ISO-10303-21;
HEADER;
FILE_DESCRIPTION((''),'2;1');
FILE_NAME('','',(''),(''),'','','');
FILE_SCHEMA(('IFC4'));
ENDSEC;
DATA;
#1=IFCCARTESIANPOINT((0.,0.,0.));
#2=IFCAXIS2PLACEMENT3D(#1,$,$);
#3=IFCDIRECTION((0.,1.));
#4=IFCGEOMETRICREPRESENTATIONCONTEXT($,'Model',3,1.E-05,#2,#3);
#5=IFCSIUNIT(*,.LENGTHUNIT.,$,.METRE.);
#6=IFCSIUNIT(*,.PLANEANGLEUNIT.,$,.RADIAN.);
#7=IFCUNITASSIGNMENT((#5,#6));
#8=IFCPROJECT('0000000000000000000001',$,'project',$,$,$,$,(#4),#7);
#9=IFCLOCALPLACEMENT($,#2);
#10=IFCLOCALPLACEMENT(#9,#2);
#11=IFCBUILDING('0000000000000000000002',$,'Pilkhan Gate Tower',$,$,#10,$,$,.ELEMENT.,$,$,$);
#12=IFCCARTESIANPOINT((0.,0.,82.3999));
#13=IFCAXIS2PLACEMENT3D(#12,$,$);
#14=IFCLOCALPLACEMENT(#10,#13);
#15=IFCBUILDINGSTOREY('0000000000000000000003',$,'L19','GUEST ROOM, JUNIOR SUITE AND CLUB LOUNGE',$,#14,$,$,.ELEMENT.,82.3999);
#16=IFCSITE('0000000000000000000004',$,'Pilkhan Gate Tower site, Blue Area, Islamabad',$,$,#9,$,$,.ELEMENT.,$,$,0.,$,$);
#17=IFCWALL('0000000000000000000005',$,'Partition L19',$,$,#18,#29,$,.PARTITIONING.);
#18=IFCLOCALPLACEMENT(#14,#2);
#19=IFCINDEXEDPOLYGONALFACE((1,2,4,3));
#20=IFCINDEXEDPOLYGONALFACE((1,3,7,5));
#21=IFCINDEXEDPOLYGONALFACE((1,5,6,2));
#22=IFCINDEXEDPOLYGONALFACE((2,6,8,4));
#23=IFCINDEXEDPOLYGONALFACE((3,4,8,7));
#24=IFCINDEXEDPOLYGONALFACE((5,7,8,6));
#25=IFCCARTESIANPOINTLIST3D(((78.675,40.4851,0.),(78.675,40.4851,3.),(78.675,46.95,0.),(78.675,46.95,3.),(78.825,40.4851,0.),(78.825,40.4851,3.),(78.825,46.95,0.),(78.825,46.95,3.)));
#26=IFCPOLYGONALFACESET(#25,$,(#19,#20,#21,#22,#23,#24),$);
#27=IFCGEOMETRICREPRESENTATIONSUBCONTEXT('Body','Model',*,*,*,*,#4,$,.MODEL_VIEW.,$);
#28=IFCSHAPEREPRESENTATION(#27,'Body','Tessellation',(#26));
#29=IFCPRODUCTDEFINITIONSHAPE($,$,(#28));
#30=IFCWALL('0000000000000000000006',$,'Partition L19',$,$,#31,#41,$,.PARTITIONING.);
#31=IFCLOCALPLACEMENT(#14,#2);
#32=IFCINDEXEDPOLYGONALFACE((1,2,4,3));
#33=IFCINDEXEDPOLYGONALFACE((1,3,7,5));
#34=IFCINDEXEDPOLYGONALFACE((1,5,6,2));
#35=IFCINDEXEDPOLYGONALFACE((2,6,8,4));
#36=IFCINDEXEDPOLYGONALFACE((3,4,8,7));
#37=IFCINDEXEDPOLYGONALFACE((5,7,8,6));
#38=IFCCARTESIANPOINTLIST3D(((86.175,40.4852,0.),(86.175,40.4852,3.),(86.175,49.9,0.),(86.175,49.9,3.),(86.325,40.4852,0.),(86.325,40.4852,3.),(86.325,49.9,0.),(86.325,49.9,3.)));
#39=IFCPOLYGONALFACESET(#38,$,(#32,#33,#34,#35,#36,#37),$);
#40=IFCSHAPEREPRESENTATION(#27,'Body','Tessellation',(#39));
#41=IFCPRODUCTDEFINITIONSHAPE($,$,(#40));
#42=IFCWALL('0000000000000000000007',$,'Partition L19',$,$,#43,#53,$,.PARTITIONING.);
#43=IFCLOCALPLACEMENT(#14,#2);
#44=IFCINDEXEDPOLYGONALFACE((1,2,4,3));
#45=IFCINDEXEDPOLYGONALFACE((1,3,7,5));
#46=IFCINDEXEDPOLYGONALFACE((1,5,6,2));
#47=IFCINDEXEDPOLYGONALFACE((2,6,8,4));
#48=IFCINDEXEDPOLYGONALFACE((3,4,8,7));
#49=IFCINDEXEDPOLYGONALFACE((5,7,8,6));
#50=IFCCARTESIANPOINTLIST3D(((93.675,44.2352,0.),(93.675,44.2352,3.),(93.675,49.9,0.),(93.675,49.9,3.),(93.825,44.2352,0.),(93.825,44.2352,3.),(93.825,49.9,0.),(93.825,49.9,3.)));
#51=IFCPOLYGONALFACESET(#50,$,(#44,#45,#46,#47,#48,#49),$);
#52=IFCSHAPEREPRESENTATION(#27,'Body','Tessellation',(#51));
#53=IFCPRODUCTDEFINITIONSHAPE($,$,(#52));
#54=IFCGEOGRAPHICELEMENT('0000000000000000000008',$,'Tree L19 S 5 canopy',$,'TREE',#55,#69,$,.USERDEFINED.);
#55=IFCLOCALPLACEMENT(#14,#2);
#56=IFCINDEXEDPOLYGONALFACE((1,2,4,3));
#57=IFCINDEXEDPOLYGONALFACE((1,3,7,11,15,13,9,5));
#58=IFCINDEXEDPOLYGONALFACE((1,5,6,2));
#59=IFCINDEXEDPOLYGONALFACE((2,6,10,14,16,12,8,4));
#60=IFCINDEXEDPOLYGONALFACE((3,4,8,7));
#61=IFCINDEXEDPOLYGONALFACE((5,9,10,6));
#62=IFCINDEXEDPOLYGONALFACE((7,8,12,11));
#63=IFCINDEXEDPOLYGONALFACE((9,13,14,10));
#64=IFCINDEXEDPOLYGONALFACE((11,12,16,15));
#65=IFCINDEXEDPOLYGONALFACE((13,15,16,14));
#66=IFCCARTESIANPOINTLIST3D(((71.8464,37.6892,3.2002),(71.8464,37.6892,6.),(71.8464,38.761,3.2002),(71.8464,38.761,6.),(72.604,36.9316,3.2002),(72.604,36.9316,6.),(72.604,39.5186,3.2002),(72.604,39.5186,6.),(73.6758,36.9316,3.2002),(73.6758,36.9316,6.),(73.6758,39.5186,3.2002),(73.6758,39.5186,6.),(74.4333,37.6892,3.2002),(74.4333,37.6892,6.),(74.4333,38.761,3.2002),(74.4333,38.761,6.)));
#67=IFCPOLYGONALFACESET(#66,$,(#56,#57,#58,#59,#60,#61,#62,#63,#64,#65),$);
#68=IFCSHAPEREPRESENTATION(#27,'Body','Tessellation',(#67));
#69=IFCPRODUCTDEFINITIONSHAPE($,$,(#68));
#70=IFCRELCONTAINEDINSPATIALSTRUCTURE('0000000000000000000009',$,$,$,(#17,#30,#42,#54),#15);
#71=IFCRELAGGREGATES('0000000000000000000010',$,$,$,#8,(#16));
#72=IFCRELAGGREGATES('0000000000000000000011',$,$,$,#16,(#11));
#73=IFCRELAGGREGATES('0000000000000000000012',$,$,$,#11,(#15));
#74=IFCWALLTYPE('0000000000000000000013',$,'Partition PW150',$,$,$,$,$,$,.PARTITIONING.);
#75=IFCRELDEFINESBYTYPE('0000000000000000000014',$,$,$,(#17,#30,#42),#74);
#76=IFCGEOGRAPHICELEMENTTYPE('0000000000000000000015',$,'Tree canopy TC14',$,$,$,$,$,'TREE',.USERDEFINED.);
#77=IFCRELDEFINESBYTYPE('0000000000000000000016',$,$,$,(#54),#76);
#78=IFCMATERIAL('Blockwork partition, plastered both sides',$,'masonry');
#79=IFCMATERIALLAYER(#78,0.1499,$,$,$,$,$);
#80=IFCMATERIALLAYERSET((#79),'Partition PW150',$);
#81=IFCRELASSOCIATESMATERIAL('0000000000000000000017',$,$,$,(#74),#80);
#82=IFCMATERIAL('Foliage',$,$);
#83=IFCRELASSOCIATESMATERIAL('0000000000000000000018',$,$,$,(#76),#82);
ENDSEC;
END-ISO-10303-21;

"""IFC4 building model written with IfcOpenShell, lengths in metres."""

from ifc_helpers import new_model, si_unit, direction, frame, frame_2d, origin, place, context, subcontext, project, spatial, polyline, rectangle, outline, extrude, material, layer, layer_set, material_profile, profile_set, type_object, element, save


model = new_model("IFC4")

# Units and contexts
model_context = context("Model", 3, precision=1e-05, world=origin(), true_north=direction((0.0, 1.0)))
body_context = subcontext(model_context, "Body", "Model", "MODEL_VIEW")
ifc_project = project(units=[si_unit("LENGTHUNIT", "METRE"), si_unit("PLANEANGLEUNIT", "RADIAN")], contexts=[model_context])

# Site, building, storey
site_placement = place(None, origin())
site = spatial("IfcSite", under=ifc_project, at=site_placement, Name="Pilkhan Gate Tower site, Blue Area, Islamabad", CompositionType="ELEMENT", RefElevation=0.0)
building_placement = place(site_placement, origin())
building = spatial("IfcBuilding", under=site, at=building_placement, Name="Pilkhan Gate Tower", CompositionType="ELEMENT")
storey_placement = place(building_placement, frame((0.0, 0.0, 82.3999)))
storey = spatial("IfcBuildingStorey", under=building, at=storey_placement, Name="L19", Description="GUEST ROOM, JUNIOR SUITE AND CLUB LOUNGE", CompositionType="ELEMENT", Elevation=82.3999)

# Walls
ifc_material_1 = material(Name="Blockwork partition, plastered both sides", Category="masonry")
ifc_layer_1 = layer(ifc_material_1, 0.1499)
ifc_layer_set_1 = layer_set([ifc_layer_1], Name="Partition PW150")
wall_type_1 = type_object("IfcWallType", Name="Partition PW150", PredefinedType="PARTITIONING", material=ifc_layer_set_1)
wall_1_placement = place(storey_placement, frame((78.75, 40.4851, 0.0), z_axis=(0.0, 0.0, 1.0), x_axis=(0.0, 1.0, 0.0)))
element("IfcWall", 1, at=wall_1_placement, inside=storey, type_object=wall_type_1, Name="Partition L19", PredefinedType="PARTITIONING", context=body_context, shape_type="SweptSolid", body=[
    extrude(rectangle(XDim=6.4648, YDim=0.1499, at=frame_2d((3.2324, 0.0))), origin(), (0.0, 0.0, 1.0), 3.0),
])
wall_2_placement = place(storey_placement, frame((86.25, 40.4851, 0.0), z_axis=(0.0, 0.0, 1.0), x_axis=(0.0, 1.0, 0.0)))
element("IfcWall", 2, at=wall_2_placement, inside=storey, type_object=wall_type_1, Name="Partition L19", PredefinedType="PARTITIONING", context=body_context, shape_type="SweptSolid", body=[
    extrude(rectangle(XDim=9.4148, YDim=0.1499, at=frame_2d((4.7075, 0.0))), origin(), (0.0, 0.0, 1.0), 3.0),
])
wall_3_placement = place(storey_placement, frame((93.75, 44.2351, 0.0), z_axis=(0.0, 0.0, 1.0), x_axis=(0.0, 1.0, 0.0)))
element("IfcWall", 3, at=wall_3_placement, inside=storey, type_object=wall_type_1, Name="Partition L19", PredefinedType="PARTITIONING", context=body_context, shape_type="SweptSolid", body=[
    extrude(rectangle(XDim=5.6648, YDim=0.1499, at=frame_2d((2.8325, 0.0))), origin(), (0.0, 0.0, 1.0), 3.0),
])

# Geographic element
ifc_material_2 = material(Name="Foliage")
ifc_material_profile_1 = material_profile(ifc_material_2, outline(polyline([(1.2935, 0.5359), (0.5359, 1.2935), (-0.5359, 1.2935), (-1.2935, 0.5359), (-1.2935, -0.5359), (-0.5359, -1.2935), (0.5359, -1.2935), (1.2935, -0.5359), (1.2935, 0.5359)])), Name="Canopy D2.8")
ifc_profile_set_1 = profile_set([ifc_material_profile_1], Name="Foliage")
geographic_element_type = type_object("IfcGeographicElementType", Name="Tree canopy TC14", ElementType="TREE", PredefinedType="USERDEFINED", material=ifc_profile_set_1)
geographic_element_placement = place(storey_placement, frame((73.1399, 38.2251, 3.2002), z_axis=(0.0, 0.0, 1.0), x_axis=(1.0, 0.0, 0.0)))
element("IfcGeographicElement", 4, at=geographic_element_placement, inside=storey, type_object=geographic_element_type, Name="Tree L19 S 5 canopy", ObjectType="TREE", PredefinedType="USERDEFINED", context=body_context, shape_type="SweptSolid", body=[
    extrude(outline(polyline([(1.2935, 0.5359), (0.5359, 1.2935), (-0.5359, 1.2935), (-1.2935, 0.5359), (-1.2935, -0.5359), (-0.5359, -1.2935), (0.5359, -1.2935), (1.2935, -0.5359), (1.2935, 0.5359)])), origin(), (0.0, 0.0, 1.0), 2.7998),
])

save(model, "model.ifc")
